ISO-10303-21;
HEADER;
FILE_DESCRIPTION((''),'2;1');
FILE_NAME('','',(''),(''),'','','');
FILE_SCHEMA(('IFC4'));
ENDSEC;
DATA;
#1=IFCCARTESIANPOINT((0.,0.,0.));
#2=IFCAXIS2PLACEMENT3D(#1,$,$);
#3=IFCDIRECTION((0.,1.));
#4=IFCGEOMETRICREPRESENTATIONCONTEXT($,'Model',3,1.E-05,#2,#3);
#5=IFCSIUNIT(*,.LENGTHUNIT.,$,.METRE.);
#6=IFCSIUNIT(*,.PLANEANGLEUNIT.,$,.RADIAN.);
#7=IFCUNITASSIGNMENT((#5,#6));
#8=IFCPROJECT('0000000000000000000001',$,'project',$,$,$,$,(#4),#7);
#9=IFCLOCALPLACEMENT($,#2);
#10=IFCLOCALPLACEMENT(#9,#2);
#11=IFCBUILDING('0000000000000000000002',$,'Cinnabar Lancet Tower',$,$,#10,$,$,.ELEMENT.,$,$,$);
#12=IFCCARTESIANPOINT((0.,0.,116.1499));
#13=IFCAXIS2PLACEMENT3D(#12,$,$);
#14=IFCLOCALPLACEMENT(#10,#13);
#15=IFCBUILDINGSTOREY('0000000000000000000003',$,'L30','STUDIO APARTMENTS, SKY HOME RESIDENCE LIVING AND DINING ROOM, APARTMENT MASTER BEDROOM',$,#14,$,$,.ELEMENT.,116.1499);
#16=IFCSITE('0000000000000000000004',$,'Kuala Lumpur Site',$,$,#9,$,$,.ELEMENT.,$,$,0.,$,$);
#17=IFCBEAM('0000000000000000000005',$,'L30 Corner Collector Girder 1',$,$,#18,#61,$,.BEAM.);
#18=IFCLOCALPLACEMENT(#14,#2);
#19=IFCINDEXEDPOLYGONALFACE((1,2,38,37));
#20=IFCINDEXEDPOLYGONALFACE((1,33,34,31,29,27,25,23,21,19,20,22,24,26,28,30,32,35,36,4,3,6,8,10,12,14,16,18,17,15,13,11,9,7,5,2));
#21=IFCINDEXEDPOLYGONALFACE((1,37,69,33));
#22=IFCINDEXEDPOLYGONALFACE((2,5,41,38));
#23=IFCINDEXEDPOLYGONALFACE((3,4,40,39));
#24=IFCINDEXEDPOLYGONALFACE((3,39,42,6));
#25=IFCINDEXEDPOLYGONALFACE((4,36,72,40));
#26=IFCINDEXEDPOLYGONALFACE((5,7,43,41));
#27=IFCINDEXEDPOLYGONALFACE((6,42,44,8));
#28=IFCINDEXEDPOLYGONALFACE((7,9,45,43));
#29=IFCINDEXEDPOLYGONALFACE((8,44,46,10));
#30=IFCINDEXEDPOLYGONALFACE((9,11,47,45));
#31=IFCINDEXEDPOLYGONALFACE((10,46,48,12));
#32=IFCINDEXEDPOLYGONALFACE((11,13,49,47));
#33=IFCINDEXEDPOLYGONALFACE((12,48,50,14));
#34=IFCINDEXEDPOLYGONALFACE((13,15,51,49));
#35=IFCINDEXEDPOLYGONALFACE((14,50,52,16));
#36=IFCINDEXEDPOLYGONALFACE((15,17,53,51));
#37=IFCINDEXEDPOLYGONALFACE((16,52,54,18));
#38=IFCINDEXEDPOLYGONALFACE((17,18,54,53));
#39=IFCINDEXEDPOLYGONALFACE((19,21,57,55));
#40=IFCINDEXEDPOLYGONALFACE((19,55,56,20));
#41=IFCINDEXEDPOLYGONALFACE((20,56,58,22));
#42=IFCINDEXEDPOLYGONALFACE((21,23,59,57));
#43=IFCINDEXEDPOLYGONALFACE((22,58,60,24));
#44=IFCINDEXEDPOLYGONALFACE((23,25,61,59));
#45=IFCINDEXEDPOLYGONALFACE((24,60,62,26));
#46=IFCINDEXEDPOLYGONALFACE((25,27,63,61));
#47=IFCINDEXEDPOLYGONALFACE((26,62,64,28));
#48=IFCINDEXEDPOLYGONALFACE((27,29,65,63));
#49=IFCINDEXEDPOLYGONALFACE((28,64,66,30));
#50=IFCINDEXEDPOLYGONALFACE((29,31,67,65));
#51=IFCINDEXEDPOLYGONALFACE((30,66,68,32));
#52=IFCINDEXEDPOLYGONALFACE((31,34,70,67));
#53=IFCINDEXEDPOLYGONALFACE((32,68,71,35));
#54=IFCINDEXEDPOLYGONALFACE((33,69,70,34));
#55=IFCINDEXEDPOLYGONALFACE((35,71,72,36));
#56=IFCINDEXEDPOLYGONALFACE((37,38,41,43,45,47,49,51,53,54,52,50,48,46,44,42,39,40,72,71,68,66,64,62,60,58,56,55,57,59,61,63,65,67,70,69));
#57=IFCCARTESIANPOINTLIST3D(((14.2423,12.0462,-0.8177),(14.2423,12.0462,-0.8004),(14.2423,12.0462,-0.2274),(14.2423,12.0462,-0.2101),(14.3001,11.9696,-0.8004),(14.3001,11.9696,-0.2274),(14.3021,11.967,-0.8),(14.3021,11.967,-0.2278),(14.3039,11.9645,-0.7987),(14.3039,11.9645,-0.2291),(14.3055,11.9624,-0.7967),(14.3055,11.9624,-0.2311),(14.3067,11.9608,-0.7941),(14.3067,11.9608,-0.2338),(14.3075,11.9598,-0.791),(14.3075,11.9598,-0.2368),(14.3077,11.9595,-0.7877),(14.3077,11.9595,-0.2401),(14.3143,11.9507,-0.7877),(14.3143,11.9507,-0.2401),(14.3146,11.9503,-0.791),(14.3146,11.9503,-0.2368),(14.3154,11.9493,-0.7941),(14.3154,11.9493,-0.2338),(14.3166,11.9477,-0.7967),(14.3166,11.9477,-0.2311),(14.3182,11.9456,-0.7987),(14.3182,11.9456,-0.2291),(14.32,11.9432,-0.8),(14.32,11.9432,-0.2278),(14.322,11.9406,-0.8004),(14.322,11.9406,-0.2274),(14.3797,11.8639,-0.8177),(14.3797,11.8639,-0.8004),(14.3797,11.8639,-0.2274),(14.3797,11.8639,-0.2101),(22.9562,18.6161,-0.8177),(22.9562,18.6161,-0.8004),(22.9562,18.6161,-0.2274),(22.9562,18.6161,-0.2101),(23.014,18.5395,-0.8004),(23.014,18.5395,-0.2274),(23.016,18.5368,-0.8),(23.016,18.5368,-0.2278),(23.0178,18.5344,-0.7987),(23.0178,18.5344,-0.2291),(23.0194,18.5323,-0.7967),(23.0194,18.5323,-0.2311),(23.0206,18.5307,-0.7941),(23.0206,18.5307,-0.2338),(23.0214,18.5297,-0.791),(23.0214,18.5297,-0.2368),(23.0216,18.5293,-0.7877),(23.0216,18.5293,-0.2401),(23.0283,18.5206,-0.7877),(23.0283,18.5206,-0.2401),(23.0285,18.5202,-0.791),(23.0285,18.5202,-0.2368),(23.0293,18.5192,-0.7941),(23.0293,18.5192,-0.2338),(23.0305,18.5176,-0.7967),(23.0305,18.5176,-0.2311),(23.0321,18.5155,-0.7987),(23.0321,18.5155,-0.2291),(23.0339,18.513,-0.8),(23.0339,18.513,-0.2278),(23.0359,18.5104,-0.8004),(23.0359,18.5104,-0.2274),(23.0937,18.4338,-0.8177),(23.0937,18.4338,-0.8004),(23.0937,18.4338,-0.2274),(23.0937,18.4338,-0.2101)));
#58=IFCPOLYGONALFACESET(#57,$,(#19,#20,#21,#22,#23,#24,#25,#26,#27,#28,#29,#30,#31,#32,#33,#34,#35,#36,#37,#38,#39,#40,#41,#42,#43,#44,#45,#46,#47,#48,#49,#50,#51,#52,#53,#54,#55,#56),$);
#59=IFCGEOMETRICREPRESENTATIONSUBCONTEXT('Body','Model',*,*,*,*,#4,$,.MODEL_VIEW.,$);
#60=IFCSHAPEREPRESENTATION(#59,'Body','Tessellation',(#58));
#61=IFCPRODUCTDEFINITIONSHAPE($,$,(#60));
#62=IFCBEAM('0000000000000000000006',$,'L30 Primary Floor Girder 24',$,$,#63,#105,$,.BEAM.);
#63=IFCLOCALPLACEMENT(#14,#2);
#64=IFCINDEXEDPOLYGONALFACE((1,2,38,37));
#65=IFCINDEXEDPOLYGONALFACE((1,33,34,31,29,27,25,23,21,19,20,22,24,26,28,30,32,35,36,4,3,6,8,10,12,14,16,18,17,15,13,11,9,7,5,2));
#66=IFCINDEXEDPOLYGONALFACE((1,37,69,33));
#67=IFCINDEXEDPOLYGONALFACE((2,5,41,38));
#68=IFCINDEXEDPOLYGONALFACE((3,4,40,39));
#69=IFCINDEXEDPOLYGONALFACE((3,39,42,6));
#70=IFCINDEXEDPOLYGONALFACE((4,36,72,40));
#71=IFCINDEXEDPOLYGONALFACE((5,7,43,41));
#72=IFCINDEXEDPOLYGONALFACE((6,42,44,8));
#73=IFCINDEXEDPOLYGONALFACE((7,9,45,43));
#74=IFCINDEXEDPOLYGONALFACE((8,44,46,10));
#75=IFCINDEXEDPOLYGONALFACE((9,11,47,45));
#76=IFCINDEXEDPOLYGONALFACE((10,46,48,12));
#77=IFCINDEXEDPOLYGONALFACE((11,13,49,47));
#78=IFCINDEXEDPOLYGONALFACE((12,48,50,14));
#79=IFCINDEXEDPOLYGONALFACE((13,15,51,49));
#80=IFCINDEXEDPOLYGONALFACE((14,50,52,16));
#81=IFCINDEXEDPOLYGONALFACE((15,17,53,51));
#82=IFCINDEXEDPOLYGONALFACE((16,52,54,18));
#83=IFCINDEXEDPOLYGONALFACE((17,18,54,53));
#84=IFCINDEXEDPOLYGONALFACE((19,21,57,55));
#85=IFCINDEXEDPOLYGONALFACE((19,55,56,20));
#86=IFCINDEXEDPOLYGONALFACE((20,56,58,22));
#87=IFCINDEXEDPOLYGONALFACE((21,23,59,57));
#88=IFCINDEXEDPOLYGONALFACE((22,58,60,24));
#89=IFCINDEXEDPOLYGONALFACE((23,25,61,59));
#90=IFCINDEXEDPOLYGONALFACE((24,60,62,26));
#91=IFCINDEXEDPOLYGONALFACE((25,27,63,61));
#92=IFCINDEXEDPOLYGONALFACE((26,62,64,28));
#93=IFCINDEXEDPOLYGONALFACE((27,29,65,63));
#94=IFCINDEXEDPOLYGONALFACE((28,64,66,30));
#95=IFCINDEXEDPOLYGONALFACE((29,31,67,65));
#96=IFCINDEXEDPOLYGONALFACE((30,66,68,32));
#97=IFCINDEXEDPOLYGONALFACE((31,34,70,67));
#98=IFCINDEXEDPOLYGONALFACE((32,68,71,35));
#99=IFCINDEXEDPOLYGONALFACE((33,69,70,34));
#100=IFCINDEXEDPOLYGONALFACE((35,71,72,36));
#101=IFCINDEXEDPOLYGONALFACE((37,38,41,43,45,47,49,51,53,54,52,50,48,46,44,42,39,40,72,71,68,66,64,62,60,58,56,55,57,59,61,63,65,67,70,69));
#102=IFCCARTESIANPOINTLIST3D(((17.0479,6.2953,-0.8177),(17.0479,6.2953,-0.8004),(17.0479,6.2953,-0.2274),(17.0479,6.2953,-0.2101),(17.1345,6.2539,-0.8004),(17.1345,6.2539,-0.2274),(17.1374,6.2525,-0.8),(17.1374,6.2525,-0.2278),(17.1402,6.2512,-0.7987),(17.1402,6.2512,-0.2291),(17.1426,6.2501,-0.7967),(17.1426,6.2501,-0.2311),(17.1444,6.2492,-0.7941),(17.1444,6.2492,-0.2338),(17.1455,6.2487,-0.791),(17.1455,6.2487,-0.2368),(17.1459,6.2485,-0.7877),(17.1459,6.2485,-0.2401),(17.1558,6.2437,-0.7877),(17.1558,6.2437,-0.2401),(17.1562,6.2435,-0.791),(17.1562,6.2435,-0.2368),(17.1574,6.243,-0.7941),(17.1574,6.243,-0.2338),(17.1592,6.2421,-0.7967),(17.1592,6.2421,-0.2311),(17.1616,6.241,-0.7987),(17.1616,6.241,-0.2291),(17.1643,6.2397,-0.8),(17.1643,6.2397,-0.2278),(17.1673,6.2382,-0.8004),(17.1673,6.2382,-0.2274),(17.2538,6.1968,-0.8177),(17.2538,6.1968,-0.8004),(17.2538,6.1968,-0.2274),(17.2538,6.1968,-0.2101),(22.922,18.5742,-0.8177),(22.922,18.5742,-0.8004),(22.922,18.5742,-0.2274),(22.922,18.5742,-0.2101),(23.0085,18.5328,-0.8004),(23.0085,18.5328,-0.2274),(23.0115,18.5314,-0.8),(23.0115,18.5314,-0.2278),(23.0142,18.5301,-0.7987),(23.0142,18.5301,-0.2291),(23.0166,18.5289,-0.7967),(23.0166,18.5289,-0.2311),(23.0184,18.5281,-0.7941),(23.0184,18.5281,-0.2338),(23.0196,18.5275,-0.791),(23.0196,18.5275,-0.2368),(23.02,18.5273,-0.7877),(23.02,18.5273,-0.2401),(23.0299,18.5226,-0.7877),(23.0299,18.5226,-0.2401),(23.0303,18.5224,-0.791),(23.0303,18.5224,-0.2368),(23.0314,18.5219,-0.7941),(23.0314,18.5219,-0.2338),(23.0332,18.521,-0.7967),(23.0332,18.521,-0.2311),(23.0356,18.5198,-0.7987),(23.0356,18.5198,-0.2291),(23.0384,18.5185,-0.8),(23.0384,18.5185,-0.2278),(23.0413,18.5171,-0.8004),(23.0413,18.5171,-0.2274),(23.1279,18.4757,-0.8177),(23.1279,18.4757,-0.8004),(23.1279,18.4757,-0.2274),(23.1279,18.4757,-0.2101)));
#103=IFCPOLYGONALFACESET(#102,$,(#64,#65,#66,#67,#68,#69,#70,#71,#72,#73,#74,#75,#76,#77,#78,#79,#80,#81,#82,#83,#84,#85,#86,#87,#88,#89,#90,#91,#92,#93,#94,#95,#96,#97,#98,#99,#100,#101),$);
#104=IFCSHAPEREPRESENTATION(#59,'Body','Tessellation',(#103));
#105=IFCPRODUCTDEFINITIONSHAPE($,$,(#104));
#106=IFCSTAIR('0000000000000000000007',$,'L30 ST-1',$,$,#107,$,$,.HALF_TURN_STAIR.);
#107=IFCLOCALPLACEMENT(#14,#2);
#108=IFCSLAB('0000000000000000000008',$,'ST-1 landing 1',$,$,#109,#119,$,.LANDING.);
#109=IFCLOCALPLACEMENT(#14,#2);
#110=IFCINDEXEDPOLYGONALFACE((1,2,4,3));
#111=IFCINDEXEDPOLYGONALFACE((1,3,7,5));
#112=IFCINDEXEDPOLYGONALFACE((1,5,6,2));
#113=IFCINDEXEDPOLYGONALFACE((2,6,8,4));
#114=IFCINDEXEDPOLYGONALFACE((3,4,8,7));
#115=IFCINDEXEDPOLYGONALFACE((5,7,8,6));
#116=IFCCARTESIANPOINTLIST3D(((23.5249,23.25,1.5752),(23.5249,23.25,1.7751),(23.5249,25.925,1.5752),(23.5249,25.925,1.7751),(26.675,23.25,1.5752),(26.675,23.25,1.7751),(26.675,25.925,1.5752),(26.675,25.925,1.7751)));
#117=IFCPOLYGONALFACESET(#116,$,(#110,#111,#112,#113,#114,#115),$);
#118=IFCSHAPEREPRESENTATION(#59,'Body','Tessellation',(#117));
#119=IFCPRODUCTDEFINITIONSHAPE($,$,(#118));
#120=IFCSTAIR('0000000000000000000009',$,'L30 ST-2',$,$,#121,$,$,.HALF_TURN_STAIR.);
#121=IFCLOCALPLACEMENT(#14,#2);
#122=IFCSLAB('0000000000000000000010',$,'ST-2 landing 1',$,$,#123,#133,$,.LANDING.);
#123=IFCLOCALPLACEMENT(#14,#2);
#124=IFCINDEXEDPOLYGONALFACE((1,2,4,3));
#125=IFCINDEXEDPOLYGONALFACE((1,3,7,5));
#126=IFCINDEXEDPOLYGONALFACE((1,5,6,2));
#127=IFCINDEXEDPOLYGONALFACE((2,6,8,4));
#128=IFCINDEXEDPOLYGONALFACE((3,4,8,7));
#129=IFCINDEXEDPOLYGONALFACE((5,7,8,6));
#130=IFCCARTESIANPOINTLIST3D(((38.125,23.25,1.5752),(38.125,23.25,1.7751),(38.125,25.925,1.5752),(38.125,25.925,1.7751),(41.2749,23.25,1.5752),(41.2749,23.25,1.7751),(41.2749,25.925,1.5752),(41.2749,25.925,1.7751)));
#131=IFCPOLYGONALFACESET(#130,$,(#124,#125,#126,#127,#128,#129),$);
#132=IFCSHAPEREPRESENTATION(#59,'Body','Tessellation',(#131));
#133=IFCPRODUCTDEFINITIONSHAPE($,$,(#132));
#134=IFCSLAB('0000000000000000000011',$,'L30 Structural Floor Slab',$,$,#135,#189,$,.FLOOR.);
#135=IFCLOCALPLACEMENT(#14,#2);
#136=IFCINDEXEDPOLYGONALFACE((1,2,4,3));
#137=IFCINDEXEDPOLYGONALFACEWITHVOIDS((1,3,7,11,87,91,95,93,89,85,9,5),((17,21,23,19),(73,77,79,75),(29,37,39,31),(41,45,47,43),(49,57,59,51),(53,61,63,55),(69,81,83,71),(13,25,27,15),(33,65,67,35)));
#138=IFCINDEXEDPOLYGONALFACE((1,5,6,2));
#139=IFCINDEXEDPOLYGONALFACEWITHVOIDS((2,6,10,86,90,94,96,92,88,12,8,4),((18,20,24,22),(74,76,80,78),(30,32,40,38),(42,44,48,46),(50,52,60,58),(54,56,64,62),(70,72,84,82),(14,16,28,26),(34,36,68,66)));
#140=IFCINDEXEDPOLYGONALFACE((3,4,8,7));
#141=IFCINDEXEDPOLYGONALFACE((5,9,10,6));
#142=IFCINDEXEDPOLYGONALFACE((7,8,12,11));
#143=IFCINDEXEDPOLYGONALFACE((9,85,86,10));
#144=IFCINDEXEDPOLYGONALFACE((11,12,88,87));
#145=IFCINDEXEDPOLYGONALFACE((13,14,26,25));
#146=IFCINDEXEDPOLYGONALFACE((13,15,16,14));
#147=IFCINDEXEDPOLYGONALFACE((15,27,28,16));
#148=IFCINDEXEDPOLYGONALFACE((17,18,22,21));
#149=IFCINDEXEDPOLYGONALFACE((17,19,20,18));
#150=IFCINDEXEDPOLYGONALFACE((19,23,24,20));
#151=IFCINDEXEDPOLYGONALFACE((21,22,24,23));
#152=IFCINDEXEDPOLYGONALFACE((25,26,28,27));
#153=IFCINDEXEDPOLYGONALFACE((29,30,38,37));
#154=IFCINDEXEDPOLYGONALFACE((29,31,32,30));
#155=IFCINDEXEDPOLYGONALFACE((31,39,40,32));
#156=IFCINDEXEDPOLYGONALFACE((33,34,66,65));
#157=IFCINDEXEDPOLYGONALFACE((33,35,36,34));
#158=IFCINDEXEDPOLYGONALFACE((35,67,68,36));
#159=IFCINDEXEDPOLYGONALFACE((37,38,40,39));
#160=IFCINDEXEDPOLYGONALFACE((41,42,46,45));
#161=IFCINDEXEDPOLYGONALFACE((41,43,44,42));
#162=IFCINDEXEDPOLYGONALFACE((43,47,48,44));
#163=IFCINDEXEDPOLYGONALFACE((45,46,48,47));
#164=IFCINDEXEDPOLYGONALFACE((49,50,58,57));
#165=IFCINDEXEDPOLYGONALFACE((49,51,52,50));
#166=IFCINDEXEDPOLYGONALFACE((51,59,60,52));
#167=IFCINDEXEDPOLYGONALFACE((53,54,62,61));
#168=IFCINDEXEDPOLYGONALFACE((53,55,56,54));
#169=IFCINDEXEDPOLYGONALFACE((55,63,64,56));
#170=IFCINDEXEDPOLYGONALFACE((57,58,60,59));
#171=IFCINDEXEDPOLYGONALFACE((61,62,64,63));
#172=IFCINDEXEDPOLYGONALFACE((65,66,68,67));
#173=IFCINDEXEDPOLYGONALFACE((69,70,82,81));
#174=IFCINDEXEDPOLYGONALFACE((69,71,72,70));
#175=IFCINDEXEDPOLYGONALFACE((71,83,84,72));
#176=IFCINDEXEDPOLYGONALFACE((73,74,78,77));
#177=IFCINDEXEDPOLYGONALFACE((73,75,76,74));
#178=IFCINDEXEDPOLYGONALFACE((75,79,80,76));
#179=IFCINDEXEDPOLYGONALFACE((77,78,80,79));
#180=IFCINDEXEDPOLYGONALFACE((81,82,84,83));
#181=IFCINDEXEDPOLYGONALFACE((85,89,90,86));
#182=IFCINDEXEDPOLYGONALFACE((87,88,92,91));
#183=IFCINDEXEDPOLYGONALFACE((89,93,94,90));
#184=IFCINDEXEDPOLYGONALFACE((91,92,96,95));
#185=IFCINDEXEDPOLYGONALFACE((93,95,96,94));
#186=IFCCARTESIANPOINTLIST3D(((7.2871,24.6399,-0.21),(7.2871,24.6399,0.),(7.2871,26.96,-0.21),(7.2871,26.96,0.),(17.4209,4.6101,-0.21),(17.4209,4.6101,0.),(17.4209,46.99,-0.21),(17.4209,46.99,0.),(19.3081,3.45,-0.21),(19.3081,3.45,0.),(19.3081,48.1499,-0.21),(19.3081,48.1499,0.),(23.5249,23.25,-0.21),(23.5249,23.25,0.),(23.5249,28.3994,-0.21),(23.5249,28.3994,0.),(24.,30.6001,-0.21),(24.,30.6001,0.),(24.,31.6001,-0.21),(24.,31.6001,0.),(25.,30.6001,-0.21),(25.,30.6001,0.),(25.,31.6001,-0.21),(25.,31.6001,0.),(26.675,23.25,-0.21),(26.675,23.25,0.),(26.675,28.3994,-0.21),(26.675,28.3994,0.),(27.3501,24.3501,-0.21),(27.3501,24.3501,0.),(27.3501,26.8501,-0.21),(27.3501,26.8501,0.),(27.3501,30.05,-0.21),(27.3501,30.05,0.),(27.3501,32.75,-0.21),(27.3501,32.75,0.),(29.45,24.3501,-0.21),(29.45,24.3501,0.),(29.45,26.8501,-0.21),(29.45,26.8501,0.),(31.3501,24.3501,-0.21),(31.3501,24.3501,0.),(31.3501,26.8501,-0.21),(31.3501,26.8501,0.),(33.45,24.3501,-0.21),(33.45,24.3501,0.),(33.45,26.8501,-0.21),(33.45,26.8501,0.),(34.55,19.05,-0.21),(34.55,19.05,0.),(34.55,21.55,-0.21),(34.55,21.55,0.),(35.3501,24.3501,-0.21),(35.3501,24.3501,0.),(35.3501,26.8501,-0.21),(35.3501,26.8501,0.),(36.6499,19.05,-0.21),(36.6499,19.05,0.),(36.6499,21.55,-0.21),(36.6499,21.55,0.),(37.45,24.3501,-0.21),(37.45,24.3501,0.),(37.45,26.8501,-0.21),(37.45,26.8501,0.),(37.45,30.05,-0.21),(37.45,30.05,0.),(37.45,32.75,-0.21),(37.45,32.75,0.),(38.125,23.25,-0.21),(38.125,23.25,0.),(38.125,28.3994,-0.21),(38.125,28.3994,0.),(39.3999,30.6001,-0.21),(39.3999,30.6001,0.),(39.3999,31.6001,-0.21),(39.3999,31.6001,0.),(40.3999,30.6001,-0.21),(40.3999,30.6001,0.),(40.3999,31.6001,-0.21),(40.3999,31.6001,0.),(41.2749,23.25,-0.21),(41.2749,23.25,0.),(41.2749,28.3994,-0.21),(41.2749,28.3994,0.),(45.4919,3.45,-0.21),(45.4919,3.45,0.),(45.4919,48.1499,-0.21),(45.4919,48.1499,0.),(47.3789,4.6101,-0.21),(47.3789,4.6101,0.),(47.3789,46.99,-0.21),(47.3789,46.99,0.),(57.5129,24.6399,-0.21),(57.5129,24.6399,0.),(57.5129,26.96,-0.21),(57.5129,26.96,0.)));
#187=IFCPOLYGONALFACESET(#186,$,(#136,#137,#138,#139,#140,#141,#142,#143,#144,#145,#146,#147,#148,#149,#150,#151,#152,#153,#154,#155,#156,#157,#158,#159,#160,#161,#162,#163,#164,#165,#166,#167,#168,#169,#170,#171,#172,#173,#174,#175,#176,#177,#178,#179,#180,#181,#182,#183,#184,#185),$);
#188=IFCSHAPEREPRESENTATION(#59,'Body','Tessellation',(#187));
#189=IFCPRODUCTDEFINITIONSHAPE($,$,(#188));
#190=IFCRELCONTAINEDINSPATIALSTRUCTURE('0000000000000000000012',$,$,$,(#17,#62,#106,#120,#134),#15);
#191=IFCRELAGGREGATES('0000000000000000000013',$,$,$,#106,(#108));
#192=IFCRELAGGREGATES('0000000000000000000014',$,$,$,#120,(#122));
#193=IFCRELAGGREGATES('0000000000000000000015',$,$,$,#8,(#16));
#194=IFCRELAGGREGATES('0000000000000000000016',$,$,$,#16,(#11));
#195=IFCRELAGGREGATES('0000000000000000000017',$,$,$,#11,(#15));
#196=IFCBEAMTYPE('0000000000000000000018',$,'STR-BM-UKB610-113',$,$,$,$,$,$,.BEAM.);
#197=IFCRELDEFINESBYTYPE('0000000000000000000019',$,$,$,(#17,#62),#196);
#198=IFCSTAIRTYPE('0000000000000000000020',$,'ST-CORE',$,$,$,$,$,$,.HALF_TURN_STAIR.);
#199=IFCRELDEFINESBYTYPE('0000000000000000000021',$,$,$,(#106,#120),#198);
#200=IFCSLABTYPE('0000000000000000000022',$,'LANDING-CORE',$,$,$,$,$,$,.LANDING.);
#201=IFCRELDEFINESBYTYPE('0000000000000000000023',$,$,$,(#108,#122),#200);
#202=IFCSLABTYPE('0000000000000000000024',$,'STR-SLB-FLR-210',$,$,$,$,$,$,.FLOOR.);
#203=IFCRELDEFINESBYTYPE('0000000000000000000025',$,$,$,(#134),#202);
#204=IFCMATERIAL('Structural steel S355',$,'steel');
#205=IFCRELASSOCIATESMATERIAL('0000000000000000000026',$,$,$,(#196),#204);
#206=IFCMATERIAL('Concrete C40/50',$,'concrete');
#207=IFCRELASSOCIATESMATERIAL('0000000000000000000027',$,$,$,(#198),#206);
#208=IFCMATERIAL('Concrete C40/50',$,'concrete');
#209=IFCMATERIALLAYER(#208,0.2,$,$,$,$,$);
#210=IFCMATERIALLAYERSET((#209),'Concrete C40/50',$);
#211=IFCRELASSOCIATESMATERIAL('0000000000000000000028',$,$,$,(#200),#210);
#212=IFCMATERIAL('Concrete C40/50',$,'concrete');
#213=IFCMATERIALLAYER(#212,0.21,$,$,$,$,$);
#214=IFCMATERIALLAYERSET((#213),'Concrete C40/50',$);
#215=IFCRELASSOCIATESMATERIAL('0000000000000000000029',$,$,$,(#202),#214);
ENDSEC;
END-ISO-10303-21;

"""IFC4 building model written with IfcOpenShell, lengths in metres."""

from ifc_helpers import new_model, si_unit, direction, frame, origin, origin_2d, place, context, subcontext, project, spatial, polyline, i_section, outline, extrude, material, layer, layer_set, material_profile, profile_set, type_object, element, aggregate, save


model = new_model("IFC4")

# Units and contexts
model_context = context("Model", 3, precision=1e-05, world=origin(), true_north=direction((0.0, 1.0)))
body_context = subcontext(model_context, "Body", "Model", "MODEL_VIEW")
ifc_project = project(units=[si_unit("LENGTHUNIT", "METRE"), si_unit("PLANEANGLEUNIT", "RADIAN")], contexts=[model_context])

# Site, building, storey
site_placement = place(None, origin())
site = spatial("IfcSite", under=ifc_project, at=site_placement, Name="Kuala Lumpur Site", CompositionType="ELEMENT", RefElevation=0.0)
building_placement = place(site_placement, origin())
building = spatial("IfcBuilding", under=site, at=building_placement, Name="Cinnabar Lancet Tower", CompositionType="ELEMENT")
storey_placement = place(building_placement, frame((0.0, 0.0, 116.1499)))
storey = spatial("IfcBuildingStorey", under=building, at=storey_placement, Name="L30", Description="STUDIO APARTMENTS, SKY HOME RESIDENCE LIVING AND DINING ROOM, APARTMENT MASTER BEDROOM", CompositionType="ELEMENT", Elevation=116.1499)

# Beams
ifc_material_1 = material(Name="Structural steel S355", Category="steel")
ifc_material_profile_1 = material_profile(ifc_material_1, i_section(OverallWidth=0.2283, OverallDepth=0.6077, WebThickness=0.011, FlangeThickness=0.0173, FilletRadius=0.0127, at=origin_2d()), Name="UKB 610x229x113")
ifc_profile_set_1 = profile_set([ifc_material_profile_1], Name="Structural steel S355")
beam_type_1 = type_object("IfcBeamType", Name="STR-BM-UKB610-113", PredefinedType="BEAM", material=ifc_profile_set_1)
beam_1_placement = place(storey_placement, frame((14.311, 11.9551, -0.5139), z_axis=(0.798483, 0.602017, 0.0), x_axis=(-0.602017, 0.798483, 0.0)))
element("IfcBeam", 1, at=beam_1_placement, inside=storey, type_object=beam_type_1, Name="L30 Corner Collector Girder 1", PredefinedType="BEAM", context=body_context, shape_type="SweptSolid", body=[
    extrude(i_section(OverallWidth=0.2283, OverallDepth=0.6077, WebThickness=0.011, FlangeThickness=0.0173, FilletRadius=0.0127, at=origin_2d()), origin(), (0.0, 0.0, 1.0), 10.9131),
])
beam_2_placement = place(storey_placement, frame((17.1509, 6.2461, -0.5139), z_axis=(0.431548, 0.90209, 0.0), x_axis=(-0.90209, 0.431548, 0.0)))
element("IfcBeam", 2, at=beam_2_placement, inside=storey, type_object=beam_type_1, Name="L30 Primary Floor Girder 24", PredefinedType="BEAM", context=body_context, shape_type="SweptSolid", body=[
    extrude(i_section(OverallWidth=0.2283, OverallDepth=0.6077, WebThickness=0.011, FlangeThickness=0.0173, FilletRadius=0.0127, at=origin_2d()), origin(), (0.0, 0.0, 1.0), 13.6116),
])

# Stairs, slabs
ifc_material_2 = material(Name="Concrete C40/50", Category="concrete")
stair_type = type_object("IfcStairType", Name="ST-CORE", PredefinedType="HALF_TURN_STAIR", material=ifc_material_2)
stair_1_placement = place(storey_placement, origin())
stair_1 = element("IfcStair", 3, at=stair_1_placement, inside=storey, type_object=stair_type, Name="L30 ST-1", PredefinedType="HALF_TURN_STAIR")
ifc_material_3 = material(Name="Concrete C40/50", Category="concrete")
ifc_layer_1 = layer(ifc_material_3, 0.2)
ifc_layer_set_1 = layer_set([ifc_layer_1], Name="Concrete C40/50")
slab_type_1 = type_object("IfcSlabType", Name="LANDING-CORE", PredefinedType="LANDING", material=ifc_layer_set_1)
slab_1_placement = place(storey_placement, frame((0.0, 0.0, 1.5752)))
slab_1 = element("IfcSlab", 4, at=slab_1_placement, type_object=slab_type_1, Name="ST-1 landing 1", PredefinedType="LANDING", context=body_context, shape_type="SweptSolid", body=[
    extrude(outline(polyline([(23.5249, 25.925), (23.5249, 23.25), (26.675, 23.25), (26.675, 25.925), (23.5249, 25.925)])), origin(), (0.0, 0.0, 1.0), 0.2),
])
aggregate(stair_1, [slab_1])
stair_2_placement = place(storey_placement, origin())
stair_2 = element("IfcStair", 5, at=stair_2_placement, inside=storey, type_object=stair_type, Name="L30 ST-2", PredefinedType="HALF_TURN_STAIR")
slab_2_placement = place(storey_placement, frame((0.0, 0.0, 1.5752)))
slab_2 = element("IfcSlab", 6, at=slab_2_placement, type_object=slab_type_1, Name="ST-2 landing 1", PredefinedType="LANDING", context=body_context, shape_type="SweptSolid", body=[
    extrude(outline(polyline([(38.125, 25.925), (38.125, 23.25), (41.2749, 23.25), (41.2749, 25.925), (38.125, 25.925)])), origin(), (0.0, 0.0, 1.0), 0.2),
])
aggregate(stair_2, [slab_2])

# Slab
ifc_material_4 = material(Name="Concrete C40/50", Category="concrete")
ifc_layer_2 = layer(ifc_material_4, 0.21)
ifc_layer_set_2 = layer_set([ifc_layer_2], Name="Concrete C40/50")
slab_type_2 = type_object("IfcSlabType", Name="STR-SLB-FLR-210", PredefinedType="FLOOR", material=ifc_layer_set_2)
slab_3_placement = place(storey_placement, frame((0.0, 0.0, -0.21)))
element("IfcSlab", 7, at=slab_3_placement, inside=storey, type_object=slab_type_2, Name="L30 Structural Floor Slab", PredefinedType="FLOOR", context=body_context, shape_type="SweptSolid", body=[
    extrude(outline(polyline([(17.4209, 4.6101), (19.3081, 3.45), (45.4919, 3.45), (47.3789, 4.6101), (57.5129, 24.6399), (57.5129, 26.96), (47.3789, 46.99), (45.4919, 48.1499), (19.3081, 48.1499), (17.4209, 46.99), (7.2871, 26.96), (7.2871, 24.6399), (17.4209, 4.6101)]), holes=[polyline([(23.5249, 23.25), (26.675, 23.25), (26.675, 28.3994), (23.5249, 28.3994), (23.5249, 23.25)]), polyline([(38.125, 23.25), (41.2749, 23.25), (41.2749, 28.3994), (38.125, 28.3994), (38.125, 23.25)]), polyline([(27.3501, 30.05), (37.45, 30.05), (37.45, 32.75), (27.3501, 32.75), (27.3501, 30.05)]), polyline([(34.55, 19.05), (36.6499, 19.05), (36.6499, 21.55), (34.55, 21.55), (34.55, 19.05)]), polyline([(27.3501, 24.3501), (29.45, 24.3501), (29.45, 26.8501), (27.3501, 26.8501), (27.3501, 24.3501)]), polyline([(35.3501, 24.3501), (37.45, 24.3501), (37.45, 26.8501), (35.3501, 26.8501), (35.3501, 24.3501)]), polyline([(31.3501, 24.3501), (33.45, 24.3501), (33.45, 26.8501), (31.3501, 26.8501), (31.3501, 24.3501)]), polyline([(24.0, 30.6001), (25.0, 30.6001), (25.0, 31.6001), (24.0, 31.6001), (24.0, 30.6001)]), polyline([(39.3999, 30.6001), (40.3999, 30.6001), (40.3999, 31.6001), (39.3999, 31.6001), (39.3999, 30.6001)])]), origin(), (0.0, 0.0, 1.0), 0.21),
])

save(model, "model.ifc")
